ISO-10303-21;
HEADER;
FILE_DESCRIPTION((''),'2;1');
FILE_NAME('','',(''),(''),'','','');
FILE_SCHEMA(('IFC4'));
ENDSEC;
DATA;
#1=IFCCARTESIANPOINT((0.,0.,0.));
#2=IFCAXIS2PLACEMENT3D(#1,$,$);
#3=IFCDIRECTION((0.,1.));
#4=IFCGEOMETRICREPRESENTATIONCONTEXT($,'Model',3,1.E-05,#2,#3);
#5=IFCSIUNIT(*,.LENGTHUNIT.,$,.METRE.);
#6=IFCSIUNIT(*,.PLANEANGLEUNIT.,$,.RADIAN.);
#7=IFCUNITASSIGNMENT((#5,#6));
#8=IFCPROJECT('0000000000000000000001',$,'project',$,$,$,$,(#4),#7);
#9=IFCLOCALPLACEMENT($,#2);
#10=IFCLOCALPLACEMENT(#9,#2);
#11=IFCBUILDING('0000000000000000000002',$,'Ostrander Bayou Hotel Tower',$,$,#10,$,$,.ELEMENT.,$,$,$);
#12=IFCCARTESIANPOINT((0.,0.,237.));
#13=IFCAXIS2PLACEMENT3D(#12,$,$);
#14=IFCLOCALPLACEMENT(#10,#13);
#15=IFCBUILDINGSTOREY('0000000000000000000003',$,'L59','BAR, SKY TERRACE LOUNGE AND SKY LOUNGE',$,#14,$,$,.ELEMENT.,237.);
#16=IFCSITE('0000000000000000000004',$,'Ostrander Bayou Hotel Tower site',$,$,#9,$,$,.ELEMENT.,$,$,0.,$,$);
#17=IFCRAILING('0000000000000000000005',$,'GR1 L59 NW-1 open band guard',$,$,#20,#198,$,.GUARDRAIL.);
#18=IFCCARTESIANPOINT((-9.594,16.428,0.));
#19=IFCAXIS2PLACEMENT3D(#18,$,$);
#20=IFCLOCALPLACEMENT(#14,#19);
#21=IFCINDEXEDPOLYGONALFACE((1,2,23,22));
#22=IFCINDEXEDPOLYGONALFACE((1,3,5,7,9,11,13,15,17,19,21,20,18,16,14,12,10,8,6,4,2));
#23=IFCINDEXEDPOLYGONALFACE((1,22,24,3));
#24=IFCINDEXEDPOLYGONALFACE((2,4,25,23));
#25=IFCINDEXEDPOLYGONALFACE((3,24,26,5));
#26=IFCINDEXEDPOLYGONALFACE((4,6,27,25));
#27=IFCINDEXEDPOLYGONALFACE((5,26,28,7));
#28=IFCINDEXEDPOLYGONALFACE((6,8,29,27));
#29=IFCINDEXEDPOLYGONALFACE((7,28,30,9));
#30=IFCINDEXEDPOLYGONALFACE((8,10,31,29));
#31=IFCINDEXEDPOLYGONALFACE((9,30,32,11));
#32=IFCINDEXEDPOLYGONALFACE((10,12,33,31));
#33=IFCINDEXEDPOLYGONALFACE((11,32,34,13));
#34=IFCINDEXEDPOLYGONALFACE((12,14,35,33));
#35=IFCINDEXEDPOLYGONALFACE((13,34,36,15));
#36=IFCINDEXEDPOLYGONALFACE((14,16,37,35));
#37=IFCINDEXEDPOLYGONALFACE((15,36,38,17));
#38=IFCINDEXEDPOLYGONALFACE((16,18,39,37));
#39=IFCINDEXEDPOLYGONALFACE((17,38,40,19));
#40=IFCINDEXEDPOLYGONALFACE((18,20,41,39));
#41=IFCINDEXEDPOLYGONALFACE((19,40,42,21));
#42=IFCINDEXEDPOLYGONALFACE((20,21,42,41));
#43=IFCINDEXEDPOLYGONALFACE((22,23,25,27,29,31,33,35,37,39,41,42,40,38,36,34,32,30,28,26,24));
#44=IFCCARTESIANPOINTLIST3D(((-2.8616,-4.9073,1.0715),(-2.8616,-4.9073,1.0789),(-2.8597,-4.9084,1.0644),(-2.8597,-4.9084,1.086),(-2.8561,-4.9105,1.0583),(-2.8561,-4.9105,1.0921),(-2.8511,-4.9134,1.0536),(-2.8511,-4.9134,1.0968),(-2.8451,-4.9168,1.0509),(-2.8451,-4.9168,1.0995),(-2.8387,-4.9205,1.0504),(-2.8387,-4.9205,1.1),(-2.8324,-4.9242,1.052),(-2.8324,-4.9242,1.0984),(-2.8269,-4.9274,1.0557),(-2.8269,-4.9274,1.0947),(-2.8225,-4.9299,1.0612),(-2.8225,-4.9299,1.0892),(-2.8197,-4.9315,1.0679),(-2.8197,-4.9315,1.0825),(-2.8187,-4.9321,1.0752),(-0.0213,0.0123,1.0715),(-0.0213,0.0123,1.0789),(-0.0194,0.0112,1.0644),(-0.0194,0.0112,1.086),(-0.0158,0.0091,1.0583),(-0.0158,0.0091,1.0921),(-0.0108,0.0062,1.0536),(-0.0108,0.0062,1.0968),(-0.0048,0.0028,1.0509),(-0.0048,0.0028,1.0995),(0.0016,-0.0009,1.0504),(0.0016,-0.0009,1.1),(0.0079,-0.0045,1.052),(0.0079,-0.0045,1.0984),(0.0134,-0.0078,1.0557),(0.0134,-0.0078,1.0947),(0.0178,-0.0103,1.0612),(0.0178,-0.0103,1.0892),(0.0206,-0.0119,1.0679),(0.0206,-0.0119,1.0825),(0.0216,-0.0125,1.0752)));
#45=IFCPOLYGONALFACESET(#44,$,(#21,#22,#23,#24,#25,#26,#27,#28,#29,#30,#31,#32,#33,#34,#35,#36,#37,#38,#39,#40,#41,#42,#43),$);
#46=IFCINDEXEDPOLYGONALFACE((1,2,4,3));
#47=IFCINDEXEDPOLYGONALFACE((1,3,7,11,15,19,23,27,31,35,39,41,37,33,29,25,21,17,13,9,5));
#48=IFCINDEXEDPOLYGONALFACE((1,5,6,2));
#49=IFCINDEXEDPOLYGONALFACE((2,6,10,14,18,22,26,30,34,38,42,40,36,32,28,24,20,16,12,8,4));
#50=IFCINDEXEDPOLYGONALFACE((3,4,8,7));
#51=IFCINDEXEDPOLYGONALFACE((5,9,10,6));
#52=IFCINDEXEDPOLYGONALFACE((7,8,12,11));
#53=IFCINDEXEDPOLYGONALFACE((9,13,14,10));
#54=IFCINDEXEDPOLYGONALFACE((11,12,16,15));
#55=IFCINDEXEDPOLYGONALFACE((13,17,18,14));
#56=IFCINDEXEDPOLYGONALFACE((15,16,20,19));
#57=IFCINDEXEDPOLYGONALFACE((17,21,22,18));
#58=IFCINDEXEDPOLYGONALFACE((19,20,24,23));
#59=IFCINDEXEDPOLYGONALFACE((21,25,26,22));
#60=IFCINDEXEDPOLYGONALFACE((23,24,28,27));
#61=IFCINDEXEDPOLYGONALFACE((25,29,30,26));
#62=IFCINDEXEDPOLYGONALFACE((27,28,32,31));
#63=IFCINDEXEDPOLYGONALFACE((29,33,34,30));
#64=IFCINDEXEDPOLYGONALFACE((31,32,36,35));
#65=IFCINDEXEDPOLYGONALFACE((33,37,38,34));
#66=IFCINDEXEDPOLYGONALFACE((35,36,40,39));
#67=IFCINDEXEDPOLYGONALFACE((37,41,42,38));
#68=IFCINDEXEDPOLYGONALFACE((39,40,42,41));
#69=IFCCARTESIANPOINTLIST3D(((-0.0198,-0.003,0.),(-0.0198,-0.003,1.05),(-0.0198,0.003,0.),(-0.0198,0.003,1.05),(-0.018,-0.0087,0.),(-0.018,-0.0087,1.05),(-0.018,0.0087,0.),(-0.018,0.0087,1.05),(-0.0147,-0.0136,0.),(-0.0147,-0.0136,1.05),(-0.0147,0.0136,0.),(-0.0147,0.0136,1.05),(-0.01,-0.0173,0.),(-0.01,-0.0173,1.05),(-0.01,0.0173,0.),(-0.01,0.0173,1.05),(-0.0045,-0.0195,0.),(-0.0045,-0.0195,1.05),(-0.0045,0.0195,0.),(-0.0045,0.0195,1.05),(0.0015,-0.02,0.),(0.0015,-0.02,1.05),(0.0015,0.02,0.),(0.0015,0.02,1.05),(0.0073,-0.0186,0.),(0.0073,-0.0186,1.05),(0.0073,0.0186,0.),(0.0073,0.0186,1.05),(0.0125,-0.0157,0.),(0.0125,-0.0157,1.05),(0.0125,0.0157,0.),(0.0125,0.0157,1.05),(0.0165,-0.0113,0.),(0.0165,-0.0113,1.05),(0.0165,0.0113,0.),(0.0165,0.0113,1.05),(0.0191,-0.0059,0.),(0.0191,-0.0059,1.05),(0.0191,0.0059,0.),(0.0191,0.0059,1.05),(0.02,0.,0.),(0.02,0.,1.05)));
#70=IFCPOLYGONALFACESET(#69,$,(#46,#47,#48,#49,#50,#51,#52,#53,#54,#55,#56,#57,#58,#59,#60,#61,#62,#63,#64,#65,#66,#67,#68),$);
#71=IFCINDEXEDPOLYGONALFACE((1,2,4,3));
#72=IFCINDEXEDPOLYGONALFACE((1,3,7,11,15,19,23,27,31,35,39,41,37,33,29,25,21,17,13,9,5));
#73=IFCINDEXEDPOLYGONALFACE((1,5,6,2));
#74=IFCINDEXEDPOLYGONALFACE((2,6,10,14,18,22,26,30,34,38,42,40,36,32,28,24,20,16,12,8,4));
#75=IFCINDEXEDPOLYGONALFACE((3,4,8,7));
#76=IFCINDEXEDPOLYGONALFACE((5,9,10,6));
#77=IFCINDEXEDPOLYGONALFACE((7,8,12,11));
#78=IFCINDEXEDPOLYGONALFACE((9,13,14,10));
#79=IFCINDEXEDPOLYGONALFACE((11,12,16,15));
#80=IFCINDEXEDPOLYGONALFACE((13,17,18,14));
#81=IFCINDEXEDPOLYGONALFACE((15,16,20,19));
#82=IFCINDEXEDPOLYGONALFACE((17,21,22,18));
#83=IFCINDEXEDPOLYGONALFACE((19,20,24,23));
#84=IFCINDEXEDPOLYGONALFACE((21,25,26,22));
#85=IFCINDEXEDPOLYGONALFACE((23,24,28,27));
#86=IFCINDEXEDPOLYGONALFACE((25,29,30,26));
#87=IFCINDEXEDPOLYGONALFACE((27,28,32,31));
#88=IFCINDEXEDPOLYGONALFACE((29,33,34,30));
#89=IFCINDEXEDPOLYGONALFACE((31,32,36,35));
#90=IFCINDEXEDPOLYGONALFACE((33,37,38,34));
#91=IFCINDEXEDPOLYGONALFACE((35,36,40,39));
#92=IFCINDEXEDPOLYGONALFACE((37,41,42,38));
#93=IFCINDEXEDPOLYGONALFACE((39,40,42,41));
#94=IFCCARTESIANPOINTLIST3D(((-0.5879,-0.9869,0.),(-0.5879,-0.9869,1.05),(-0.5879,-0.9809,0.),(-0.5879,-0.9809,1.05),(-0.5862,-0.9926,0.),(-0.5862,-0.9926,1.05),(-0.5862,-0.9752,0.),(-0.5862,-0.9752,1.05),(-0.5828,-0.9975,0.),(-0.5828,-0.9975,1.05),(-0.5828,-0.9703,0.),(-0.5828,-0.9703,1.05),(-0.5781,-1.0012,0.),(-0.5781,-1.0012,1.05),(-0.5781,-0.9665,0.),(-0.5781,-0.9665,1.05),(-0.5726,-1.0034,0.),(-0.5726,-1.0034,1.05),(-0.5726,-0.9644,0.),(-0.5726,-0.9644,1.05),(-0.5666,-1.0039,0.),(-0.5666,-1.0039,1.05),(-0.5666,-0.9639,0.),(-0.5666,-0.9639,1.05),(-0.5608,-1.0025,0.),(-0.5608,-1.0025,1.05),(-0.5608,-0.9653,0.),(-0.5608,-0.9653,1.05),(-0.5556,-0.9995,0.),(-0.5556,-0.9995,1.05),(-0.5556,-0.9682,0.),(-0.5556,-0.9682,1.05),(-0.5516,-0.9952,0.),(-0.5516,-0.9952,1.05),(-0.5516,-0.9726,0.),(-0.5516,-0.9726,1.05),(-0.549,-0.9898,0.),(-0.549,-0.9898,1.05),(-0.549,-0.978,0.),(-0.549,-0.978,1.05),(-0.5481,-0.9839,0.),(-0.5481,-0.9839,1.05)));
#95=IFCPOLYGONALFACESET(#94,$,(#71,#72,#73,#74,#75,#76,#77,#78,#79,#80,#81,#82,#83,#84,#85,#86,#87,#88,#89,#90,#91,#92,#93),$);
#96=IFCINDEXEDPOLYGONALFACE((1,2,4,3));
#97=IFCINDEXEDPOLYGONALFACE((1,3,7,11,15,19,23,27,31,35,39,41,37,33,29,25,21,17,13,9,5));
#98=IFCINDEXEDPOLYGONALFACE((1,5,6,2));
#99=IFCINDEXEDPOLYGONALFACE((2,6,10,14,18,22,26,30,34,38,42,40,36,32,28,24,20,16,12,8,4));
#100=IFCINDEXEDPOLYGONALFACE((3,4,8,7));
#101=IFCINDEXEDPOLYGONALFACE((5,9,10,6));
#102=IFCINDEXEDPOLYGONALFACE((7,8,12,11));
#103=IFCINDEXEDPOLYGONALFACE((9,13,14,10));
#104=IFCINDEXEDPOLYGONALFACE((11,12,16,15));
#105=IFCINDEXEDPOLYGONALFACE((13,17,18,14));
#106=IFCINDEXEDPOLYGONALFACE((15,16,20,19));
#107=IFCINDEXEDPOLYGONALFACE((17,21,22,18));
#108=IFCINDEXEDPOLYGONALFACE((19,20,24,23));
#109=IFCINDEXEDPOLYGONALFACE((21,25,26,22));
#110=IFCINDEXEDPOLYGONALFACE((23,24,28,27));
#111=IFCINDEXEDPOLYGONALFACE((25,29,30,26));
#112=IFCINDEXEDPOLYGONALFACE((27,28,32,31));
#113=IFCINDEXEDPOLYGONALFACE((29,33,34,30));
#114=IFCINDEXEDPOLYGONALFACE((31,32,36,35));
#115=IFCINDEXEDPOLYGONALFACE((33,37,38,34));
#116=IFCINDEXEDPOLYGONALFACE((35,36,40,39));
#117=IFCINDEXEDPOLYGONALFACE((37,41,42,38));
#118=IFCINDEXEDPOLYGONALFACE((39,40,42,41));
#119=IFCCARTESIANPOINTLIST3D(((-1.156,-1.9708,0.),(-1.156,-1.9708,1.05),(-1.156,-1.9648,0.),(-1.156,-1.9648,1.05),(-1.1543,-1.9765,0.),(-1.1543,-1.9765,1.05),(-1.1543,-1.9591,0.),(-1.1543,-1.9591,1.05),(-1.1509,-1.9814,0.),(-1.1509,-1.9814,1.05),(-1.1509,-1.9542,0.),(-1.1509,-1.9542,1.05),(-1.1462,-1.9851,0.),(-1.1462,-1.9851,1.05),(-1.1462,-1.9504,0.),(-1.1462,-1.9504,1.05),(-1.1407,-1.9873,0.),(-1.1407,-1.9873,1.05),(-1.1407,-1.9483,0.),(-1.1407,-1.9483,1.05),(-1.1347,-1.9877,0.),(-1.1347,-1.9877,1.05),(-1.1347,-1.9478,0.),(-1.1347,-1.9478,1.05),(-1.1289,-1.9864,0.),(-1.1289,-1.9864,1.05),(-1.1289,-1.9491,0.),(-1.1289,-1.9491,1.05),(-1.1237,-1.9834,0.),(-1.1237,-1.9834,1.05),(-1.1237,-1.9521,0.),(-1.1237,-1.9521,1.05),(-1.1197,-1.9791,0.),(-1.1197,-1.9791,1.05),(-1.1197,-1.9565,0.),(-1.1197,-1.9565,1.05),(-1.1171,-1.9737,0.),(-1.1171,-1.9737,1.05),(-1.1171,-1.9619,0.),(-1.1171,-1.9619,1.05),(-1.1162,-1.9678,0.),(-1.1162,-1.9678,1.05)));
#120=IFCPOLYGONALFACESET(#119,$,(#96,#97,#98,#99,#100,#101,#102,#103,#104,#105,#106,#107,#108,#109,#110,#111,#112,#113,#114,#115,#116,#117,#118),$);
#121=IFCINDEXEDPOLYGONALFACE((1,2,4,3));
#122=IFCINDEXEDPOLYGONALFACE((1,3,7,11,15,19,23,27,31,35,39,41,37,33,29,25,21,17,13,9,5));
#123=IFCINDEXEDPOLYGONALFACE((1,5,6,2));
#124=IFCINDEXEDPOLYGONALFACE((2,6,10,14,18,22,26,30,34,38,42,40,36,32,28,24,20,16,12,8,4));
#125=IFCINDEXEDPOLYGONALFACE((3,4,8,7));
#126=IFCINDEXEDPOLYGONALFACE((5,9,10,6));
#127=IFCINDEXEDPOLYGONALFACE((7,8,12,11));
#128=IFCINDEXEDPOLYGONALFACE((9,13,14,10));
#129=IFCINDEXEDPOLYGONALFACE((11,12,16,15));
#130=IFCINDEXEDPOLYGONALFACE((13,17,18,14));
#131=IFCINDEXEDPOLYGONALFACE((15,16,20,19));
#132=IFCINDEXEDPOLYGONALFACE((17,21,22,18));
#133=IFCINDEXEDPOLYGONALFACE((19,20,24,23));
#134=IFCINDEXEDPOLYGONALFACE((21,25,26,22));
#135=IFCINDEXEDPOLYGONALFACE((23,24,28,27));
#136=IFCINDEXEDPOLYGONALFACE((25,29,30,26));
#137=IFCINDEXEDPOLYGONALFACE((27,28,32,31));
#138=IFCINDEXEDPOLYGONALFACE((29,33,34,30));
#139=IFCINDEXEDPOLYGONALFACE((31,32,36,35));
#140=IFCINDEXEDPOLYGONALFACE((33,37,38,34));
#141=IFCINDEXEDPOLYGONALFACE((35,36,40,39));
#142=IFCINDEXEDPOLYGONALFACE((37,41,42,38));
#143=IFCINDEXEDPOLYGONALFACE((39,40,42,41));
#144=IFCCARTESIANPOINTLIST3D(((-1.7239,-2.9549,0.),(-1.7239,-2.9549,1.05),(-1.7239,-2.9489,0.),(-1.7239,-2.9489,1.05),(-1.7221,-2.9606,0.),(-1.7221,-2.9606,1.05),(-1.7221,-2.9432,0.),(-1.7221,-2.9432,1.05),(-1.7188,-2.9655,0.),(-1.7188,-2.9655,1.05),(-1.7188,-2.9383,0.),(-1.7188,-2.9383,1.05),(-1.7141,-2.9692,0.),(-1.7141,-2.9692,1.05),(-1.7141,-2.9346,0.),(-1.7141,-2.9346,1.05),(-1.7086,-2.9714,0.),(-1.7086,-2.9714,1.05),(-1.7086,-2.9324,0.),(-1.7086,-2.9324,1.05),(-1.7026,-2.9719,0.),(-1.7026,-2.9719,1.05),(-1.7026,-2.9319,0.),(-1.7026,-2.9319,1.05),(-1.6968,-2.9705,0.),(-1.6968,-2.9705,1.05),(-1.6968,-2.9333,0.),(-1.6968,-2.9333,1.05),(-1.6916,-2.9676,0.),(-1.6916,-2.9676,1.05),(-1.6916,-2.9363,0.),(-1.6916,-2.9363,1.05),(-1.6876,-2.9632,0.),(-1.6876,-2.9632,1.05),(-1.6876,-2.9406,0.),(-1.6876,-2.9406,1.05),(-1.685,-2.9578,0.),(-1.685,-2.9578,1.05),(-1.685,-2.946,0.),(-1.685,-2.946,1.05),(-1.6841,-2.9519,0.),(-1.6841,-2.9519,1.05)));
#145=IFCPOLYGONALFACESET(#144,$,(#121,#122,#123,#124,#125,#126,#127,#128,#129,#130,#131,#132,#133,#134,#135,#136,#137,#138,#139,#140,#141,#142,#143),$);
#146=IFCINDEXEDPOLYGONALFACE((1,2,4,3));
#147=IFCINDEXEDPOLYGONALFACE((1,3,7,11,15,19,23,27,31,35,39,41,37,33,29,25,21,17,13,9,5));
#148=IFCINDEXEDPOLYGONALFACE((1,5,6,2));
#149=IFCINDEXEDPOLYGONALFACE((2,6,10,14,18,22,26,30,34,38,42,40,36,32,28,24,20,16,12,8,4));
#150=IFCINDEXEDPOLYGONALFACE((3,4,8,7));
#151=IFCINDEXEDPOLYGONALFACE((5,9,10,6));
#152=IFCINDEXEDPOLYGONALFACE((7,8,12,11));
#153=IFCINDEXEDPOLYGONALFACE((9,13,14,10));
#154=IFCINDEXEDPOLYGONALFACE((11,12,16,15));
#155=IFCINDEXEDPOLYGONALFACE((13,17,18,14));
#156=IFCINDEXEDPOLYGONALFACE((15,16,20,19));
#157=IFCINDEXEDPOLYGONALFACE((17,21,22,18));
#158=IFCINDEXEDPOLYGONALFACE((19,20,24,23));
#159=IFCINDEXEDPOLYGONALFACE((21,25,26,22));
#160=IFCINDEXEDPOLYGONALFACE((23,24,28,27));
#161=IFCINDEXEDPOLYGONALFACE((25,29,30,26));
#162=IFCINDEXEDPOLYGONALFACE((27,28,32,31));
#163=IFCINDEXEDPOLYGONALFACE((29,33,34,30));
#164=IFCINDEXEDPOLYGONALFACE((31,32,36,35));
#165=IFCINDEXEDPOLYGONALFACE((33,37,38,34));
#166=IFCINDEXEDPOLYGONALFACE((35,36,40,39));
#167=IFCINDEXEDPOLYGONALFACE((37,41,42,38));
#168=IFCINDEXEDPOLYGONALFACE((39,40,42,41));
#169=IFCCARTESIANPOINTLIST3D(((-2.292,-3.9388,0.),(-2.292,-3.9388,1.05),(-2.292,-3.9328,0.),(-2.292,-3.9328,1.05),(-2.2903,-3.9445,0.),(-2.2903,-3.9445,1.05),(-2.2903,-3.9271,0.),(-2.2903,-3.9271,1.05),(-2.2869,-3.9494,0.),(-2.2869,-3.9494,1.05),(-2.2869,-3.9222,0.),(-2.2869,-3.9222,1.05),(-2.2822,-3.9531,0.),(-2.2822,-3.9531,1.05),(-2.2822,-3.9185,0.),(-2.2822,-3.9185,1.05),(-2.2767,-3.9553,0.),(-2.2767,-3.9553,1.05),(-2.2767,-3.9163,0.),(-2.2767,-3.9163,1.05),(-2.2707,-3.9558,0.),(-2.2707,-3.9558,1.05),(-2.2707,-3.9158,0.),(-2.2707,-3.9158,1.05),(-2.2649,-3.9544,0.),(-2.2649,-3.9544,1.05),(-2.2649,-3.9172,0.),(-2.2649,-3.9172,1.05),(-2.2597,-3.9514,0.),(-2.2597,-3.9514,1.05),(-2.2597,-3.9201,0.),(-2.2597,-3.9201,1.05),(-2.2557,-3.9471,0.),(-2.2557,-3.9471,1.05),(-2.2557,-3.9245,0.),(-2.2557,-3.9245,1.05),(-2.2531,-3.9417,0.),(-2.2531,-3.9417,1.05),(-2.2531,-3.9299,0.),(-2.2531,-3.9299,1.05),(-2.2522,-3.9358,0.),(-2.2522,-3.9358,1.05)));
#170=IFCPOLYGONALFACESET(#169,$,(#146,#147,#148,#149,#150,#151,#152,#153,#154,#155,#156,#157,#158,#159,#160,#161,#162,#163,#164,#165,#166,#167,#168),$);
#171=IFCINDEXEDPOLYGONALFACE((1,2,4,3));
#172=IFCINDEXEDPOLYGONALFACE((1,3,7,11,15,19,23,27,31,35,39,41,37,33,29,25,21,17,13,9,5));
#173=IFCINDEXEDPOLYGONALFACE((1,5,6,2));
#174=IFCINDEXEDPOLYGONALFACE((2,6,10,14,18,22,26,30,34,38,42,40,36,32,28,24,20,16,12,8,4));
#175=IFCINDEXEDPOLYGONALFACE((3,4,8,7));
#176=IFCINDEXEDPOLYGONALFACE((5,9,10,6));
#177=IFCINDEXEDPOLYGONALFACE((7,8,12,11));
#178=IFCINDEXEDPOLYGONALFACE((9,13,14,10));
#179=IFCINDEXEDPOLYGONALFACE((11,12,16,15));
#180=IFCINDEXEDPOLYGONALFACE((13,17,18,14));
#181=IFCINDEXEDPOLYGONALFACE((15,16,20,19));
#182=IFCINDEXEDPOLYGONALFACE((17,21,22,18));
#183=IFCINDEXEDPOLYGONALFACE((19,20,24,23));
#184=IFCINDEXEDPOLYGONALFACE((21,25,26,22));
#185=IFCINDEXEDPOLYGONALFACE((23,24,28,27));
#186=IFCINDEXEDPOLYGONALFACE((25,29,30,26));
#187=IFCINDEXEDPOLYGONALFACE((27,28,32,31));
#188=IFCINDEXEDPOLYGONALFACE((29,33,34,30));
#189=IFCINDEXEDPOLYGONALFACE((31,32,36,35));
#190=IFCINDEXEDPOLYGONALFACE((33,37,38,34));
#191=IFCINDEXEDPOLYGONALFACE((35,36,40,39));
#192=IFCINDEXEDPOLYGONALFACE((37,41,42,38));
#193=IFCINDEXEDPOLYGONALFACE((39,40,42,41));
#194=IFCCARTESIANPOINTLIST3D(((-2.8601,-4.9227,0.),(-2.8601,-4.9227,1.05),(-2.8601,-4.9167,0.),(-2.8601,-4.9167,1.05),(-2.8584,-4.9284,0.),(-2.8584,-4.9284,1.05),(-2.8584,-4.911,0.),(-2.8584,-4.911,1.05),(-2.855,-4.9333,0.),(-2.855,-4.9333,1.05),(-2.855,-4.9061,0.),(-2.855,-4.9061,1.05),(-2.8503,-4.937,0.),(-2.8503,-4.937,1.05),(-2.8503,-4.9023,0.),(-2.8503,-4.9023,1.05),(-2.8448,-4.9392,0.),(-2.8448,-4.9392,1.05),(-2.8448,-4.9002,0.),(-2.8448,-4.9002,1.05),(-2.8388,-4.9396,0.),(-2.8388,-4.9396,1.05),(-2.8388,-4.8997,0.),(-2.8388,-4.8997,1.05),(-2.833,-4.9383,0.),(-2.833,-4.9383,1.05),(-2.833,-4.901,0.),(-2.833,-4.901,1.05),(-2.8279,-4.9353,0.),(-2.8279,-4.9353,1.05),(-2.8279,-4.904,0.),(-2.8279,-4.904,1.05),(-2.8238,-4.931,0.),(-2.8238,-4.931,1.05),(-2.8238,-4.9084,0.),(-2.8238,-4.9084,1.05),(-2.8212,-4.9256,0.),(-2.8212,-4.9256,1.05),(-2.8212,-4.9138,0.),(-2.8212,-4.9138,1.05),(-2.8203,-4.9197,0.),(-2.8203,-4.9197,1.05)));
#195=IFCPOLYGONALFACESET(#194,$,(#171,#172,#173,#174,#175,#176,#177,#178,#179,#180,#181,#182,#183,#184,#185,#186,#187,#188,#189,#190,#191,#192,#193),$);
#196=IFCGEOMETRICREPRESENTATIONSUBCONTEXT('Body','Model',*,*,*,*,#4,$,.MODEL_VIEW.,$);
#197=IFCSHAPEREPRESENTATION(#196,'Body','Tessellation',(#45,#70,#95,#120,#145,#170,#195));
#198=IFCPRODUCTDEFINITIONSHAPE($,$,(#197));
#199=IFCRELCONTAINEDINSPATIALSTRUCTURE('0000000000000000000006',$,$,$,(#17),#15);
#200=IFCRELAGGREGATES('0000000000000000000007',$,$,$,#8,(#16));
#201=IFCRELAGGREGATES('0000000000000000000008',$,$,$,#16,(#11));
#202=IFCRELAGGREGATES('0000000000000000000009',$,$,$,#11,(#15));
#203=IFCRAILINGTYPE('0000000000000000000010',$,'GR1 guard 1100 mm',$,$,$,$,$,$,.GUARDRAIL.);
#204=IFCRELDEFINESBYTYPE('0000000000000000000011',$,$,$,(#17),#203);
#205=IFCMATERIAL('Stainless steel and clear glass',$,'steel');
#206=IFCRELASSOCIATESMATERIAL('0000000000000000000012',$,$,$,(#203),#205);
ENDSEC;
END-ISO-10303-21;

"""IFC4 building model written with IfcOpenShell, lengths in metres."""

from ifc_helpers import new_model, si_unit, direction, frame, origin, origin_2d, place, context, subcontext, project, spatial, circle, extrude, material, type_object, element, save


model = new_model("IFC4")

# Units and contexts
model_context = context("Model", 3, precision=1e-05, world=origin(), true_north=direction((0.0, 1.0)))
body_context = subcontext(model_context, "Body", "Model", "MODEL_VIEW")
ifc_project = project(units=[si_unit("LENGTHUNIT", "METRE"), si_unit("PLANEANGLEUNIT", "RADIAN")], contexts=[model_context])

# Site, building, storey
site_placement = place(None, origin())
site = spatial("IfcSite", under=ifc_project, at=site_placement, Name="Ostrander Bayou Hotel Tower site", CompositionType="ELEMENT", RefElevation=0.0)
building_placement = place(site_placement, origin())
building = spatial("IfcBuilding", under=site, at=building_placement, Name="Ostrander Bayou Hotel Tower", CompositionType="ELEMENT")
storey_placement = place(building_placement, frame((0.0, 0.0, 237.0)))
storey = spatial("IfcBuildingStorey", under=building, at=storey_placement, Name="L59", Description="BAR, SKY TERRACE LOUNGE AND SKY LOUNGE", CompositionType="ELEMENT", Elevation=237.0)

# Railing
ifc_material_1 = material(Name="Stainless steel and clear glass", Category="steel")
railing_type = type_object("IfcRailingType", Name="GR1 guard 1100 mm", PredefinedType="GUARDRAIL", material=ifc_material_1)
railing_1_placement = place(storey_placement, frame((-9.594, 16.428, 0.0)))
element("IfcRailing", 1, at=railing_1_placement, inside=storey, type_object=railing_type, Name="GR1 L59 NW-1 open band guard", PredefinedType="GUARDRAIL", context=body_context, shape_type="SweptSolid", body=[
    extrude(circle(Radius=0.0249, at=origin_2d()), frame((0.0, 0.0, 1.0752), z_axis=(-0.499994, -0.866029, 0.0), x_axis=(0.866029, -0.499994, 0.0)), (0.0, 0.0, 1.0), 5.6807),
    extrude(circle(Radius=0.02, at=origin_2d()), origin(), (0.0, 0.0, 1.0), 1.05),
    extrude(circle(Radius=0.02, at=origin_2d()), frame((-0.5681, -0.9839, 0.0)), (0.0, 0.0, 1.0), 1.05),
    extrude(circle(Radius=0.02, at=origin_2d()), frame((-1.1362, -1.9678, 0.0)), (0.0, 0.0, 1.0), 1.05),
    extrude(circle(Radius=0.02, at=origin_2d()), frame((-1.7041, -2.9519, 0.0)), (0.0, 0.0, 1.0), 1.05),
    extrude(circle(Radius=0.02, at=origin_2d()), frame((-2.2722, -3.9358, 0.0)), (0.0, 0.0, 1.0), 1.05),
    extrude(circle(Radius=0.02, at=origin_2d()), frame((-2.8403, -4.9197, 0.0)), (0.0, 0.0, 1.0), 1.05),
])

save(model, "model.ifc")
